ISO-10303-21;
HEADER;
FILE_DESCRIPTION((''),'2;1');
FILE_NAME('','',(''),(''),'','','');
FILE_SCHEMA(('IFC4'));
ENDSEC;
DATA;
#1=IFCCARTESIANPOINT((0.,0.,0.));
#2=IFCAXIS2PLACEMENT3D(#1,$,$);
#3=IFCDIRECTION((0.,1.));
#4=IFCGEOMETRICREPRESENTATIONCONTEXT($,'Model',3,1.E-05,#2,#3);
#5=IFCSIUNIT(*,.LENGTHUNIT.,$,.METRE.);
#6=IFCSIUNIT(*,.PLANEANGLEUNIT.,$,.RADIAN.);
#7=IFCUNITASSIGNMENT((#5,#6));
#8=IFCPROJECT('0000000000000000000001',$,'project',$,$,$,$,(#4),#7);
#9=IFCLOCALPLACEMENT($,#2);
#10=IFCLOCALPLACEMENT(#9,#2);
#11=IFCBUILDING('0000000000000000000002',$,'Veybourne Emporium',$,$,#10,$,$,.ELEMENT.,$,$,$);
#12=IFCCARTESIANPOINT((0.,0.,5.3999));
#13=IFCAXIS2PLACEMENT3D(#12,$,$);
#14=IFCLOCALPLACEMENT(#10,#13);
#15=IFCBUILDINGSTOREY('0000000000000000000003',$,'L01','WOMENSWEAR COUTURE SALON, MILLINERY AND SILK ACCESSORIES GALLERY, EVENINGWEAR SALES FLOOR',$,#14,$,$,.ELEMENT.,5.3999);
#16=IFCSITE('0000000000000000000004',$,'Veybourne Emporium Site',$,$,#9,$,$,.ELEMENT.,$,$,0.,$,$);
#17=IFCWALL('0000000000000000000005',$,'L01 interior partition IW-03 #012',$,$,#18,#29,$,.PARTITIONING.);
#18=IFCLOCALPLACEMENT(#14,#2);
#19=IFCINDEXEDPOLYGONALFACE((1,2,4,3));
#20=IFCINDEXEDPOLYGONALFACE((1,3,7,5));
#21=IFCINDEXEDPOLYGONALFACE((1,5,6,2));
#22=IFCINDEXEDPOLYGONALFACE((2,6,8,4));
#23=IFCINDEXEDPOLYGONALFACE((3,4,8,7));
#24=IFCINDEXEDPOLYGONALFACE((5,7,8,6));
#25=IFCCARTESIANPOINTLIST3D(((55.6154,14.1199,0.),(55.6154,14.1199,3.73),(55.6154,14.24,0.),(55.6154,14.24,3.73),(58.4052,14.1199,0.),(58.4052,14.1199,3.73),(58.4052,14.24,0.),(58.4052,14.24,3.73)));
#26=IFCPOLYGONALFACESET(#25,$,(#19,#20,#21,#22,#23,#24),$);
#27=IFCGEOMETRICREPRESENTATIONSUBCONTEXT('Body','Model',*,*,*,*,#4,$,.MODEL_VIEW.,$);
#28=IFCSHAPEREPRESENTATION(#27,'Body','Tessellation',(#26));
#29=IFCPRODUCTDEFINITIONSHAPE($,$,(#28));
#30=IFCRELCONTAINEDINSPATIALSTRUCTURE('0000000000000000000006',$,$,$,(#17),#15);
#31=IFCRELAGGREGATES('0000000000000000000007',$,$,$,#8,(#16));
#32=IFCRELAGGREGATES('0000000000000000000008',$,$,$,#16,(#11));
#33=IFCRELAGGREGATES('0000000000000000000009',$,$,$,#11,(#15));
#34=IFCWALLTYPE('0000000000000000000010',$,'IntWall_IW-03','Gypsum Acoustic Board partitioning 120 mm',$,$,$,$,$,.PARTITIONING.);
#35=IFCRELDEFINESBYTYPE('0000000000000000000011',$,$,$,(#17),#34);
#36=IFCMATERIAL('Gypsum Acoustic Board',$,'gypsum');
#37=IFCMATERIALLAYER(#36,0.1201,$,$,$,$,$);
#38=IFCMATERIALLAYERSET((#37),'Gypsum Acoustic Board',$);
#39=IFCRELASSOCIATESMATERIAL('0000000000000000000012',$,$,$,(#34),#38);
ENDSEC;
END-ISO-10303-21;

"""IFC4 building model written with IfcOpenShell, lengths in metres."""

from ifc_helpers import new_model, si_unit, direction, frame, frame_2d, origin, place, context, subcontext, project, spatial, rectangle, extrude, material, layer, layer_set, type_object, element, save


model = new_model("IFC4")

# Units and contexts
model_context = context("Model", 3, precision=1e-05, world=origin(), true_north=direction((0.0, 1.0)))
body_context = subcontext(model_context, "Body", "Model", "MODEL_VIEW")
ifc_project = project(units=[si_unit("LENGTHUNIT", "METRE"), si_unit("PLANEANGLEUNIT", "RADIAN")], contexts=[model_context])

# Site, building, storey
site_placement = place(None, origin())
site = spatial("IfcSite", under=ifc_project, at=site_placement, Name="Veybourne Emporium Site", CompositionType="ELEMENT", RefElevation=0.0)
building_placement = place(site_placement, origin())
building = spatial("IfcBuilding", under=site, at=building_placement, Name="Veybourne Emporium", CompositionType="ELEMENT")
storey_placement = place(building_placement, frame((0.0, 0.0, 5.3999)))
storey = spatial("IfcBuildingStorey", under=building, at=storey_placement, Name="L01", Description="WOMENSWEAR COUTURE SALON, MILLINERY AND SILK ACCESSORIES GALLERY, EVENINGWEAR SALES FLOOR", CompositionType="ELEMENT", Elevation=5.3999)

# Wall
ifc_material_1 = material(Name="Gypsum Acoustic Board", Category="gypsum")
ifc_layer_1 = layer(ifc_material_1, 0.1201)
ifc_layer_set_1 = layer_set([ifc_layer_1], Name="Gypsum Acoustic Board")
wall_type = type_object("IfcWallType", Name="IntWall_IW-03", Description="Gypsum Acoustic Board partitioning 120 mm", PredefinedType="PARTITIONING", material=ifc_layer_set_1)
wall_placement = place(storey_placement, frame((55.6152, 14.1799, 0.0), z_axis=(0.0, 0.0, 1.0), x_axis=(1.0, 0.0, 0.0)))
element("IfcWall", 1, at=wall_placement, inside=storey, type_object=wall_type, Name="L01 interior partition IW-03 #012", PredefinedType="PARTITIONING", context=body_context, shape_type="SweptSolid", body=[
    extrude(rectangle(XDim=2.7898, YDim=0.1201, at=frame_2d((1.395, 0.0))), origin(), (0.0, 0.0, 1.0), 3.73),
])

save(model, "model.ifc")
